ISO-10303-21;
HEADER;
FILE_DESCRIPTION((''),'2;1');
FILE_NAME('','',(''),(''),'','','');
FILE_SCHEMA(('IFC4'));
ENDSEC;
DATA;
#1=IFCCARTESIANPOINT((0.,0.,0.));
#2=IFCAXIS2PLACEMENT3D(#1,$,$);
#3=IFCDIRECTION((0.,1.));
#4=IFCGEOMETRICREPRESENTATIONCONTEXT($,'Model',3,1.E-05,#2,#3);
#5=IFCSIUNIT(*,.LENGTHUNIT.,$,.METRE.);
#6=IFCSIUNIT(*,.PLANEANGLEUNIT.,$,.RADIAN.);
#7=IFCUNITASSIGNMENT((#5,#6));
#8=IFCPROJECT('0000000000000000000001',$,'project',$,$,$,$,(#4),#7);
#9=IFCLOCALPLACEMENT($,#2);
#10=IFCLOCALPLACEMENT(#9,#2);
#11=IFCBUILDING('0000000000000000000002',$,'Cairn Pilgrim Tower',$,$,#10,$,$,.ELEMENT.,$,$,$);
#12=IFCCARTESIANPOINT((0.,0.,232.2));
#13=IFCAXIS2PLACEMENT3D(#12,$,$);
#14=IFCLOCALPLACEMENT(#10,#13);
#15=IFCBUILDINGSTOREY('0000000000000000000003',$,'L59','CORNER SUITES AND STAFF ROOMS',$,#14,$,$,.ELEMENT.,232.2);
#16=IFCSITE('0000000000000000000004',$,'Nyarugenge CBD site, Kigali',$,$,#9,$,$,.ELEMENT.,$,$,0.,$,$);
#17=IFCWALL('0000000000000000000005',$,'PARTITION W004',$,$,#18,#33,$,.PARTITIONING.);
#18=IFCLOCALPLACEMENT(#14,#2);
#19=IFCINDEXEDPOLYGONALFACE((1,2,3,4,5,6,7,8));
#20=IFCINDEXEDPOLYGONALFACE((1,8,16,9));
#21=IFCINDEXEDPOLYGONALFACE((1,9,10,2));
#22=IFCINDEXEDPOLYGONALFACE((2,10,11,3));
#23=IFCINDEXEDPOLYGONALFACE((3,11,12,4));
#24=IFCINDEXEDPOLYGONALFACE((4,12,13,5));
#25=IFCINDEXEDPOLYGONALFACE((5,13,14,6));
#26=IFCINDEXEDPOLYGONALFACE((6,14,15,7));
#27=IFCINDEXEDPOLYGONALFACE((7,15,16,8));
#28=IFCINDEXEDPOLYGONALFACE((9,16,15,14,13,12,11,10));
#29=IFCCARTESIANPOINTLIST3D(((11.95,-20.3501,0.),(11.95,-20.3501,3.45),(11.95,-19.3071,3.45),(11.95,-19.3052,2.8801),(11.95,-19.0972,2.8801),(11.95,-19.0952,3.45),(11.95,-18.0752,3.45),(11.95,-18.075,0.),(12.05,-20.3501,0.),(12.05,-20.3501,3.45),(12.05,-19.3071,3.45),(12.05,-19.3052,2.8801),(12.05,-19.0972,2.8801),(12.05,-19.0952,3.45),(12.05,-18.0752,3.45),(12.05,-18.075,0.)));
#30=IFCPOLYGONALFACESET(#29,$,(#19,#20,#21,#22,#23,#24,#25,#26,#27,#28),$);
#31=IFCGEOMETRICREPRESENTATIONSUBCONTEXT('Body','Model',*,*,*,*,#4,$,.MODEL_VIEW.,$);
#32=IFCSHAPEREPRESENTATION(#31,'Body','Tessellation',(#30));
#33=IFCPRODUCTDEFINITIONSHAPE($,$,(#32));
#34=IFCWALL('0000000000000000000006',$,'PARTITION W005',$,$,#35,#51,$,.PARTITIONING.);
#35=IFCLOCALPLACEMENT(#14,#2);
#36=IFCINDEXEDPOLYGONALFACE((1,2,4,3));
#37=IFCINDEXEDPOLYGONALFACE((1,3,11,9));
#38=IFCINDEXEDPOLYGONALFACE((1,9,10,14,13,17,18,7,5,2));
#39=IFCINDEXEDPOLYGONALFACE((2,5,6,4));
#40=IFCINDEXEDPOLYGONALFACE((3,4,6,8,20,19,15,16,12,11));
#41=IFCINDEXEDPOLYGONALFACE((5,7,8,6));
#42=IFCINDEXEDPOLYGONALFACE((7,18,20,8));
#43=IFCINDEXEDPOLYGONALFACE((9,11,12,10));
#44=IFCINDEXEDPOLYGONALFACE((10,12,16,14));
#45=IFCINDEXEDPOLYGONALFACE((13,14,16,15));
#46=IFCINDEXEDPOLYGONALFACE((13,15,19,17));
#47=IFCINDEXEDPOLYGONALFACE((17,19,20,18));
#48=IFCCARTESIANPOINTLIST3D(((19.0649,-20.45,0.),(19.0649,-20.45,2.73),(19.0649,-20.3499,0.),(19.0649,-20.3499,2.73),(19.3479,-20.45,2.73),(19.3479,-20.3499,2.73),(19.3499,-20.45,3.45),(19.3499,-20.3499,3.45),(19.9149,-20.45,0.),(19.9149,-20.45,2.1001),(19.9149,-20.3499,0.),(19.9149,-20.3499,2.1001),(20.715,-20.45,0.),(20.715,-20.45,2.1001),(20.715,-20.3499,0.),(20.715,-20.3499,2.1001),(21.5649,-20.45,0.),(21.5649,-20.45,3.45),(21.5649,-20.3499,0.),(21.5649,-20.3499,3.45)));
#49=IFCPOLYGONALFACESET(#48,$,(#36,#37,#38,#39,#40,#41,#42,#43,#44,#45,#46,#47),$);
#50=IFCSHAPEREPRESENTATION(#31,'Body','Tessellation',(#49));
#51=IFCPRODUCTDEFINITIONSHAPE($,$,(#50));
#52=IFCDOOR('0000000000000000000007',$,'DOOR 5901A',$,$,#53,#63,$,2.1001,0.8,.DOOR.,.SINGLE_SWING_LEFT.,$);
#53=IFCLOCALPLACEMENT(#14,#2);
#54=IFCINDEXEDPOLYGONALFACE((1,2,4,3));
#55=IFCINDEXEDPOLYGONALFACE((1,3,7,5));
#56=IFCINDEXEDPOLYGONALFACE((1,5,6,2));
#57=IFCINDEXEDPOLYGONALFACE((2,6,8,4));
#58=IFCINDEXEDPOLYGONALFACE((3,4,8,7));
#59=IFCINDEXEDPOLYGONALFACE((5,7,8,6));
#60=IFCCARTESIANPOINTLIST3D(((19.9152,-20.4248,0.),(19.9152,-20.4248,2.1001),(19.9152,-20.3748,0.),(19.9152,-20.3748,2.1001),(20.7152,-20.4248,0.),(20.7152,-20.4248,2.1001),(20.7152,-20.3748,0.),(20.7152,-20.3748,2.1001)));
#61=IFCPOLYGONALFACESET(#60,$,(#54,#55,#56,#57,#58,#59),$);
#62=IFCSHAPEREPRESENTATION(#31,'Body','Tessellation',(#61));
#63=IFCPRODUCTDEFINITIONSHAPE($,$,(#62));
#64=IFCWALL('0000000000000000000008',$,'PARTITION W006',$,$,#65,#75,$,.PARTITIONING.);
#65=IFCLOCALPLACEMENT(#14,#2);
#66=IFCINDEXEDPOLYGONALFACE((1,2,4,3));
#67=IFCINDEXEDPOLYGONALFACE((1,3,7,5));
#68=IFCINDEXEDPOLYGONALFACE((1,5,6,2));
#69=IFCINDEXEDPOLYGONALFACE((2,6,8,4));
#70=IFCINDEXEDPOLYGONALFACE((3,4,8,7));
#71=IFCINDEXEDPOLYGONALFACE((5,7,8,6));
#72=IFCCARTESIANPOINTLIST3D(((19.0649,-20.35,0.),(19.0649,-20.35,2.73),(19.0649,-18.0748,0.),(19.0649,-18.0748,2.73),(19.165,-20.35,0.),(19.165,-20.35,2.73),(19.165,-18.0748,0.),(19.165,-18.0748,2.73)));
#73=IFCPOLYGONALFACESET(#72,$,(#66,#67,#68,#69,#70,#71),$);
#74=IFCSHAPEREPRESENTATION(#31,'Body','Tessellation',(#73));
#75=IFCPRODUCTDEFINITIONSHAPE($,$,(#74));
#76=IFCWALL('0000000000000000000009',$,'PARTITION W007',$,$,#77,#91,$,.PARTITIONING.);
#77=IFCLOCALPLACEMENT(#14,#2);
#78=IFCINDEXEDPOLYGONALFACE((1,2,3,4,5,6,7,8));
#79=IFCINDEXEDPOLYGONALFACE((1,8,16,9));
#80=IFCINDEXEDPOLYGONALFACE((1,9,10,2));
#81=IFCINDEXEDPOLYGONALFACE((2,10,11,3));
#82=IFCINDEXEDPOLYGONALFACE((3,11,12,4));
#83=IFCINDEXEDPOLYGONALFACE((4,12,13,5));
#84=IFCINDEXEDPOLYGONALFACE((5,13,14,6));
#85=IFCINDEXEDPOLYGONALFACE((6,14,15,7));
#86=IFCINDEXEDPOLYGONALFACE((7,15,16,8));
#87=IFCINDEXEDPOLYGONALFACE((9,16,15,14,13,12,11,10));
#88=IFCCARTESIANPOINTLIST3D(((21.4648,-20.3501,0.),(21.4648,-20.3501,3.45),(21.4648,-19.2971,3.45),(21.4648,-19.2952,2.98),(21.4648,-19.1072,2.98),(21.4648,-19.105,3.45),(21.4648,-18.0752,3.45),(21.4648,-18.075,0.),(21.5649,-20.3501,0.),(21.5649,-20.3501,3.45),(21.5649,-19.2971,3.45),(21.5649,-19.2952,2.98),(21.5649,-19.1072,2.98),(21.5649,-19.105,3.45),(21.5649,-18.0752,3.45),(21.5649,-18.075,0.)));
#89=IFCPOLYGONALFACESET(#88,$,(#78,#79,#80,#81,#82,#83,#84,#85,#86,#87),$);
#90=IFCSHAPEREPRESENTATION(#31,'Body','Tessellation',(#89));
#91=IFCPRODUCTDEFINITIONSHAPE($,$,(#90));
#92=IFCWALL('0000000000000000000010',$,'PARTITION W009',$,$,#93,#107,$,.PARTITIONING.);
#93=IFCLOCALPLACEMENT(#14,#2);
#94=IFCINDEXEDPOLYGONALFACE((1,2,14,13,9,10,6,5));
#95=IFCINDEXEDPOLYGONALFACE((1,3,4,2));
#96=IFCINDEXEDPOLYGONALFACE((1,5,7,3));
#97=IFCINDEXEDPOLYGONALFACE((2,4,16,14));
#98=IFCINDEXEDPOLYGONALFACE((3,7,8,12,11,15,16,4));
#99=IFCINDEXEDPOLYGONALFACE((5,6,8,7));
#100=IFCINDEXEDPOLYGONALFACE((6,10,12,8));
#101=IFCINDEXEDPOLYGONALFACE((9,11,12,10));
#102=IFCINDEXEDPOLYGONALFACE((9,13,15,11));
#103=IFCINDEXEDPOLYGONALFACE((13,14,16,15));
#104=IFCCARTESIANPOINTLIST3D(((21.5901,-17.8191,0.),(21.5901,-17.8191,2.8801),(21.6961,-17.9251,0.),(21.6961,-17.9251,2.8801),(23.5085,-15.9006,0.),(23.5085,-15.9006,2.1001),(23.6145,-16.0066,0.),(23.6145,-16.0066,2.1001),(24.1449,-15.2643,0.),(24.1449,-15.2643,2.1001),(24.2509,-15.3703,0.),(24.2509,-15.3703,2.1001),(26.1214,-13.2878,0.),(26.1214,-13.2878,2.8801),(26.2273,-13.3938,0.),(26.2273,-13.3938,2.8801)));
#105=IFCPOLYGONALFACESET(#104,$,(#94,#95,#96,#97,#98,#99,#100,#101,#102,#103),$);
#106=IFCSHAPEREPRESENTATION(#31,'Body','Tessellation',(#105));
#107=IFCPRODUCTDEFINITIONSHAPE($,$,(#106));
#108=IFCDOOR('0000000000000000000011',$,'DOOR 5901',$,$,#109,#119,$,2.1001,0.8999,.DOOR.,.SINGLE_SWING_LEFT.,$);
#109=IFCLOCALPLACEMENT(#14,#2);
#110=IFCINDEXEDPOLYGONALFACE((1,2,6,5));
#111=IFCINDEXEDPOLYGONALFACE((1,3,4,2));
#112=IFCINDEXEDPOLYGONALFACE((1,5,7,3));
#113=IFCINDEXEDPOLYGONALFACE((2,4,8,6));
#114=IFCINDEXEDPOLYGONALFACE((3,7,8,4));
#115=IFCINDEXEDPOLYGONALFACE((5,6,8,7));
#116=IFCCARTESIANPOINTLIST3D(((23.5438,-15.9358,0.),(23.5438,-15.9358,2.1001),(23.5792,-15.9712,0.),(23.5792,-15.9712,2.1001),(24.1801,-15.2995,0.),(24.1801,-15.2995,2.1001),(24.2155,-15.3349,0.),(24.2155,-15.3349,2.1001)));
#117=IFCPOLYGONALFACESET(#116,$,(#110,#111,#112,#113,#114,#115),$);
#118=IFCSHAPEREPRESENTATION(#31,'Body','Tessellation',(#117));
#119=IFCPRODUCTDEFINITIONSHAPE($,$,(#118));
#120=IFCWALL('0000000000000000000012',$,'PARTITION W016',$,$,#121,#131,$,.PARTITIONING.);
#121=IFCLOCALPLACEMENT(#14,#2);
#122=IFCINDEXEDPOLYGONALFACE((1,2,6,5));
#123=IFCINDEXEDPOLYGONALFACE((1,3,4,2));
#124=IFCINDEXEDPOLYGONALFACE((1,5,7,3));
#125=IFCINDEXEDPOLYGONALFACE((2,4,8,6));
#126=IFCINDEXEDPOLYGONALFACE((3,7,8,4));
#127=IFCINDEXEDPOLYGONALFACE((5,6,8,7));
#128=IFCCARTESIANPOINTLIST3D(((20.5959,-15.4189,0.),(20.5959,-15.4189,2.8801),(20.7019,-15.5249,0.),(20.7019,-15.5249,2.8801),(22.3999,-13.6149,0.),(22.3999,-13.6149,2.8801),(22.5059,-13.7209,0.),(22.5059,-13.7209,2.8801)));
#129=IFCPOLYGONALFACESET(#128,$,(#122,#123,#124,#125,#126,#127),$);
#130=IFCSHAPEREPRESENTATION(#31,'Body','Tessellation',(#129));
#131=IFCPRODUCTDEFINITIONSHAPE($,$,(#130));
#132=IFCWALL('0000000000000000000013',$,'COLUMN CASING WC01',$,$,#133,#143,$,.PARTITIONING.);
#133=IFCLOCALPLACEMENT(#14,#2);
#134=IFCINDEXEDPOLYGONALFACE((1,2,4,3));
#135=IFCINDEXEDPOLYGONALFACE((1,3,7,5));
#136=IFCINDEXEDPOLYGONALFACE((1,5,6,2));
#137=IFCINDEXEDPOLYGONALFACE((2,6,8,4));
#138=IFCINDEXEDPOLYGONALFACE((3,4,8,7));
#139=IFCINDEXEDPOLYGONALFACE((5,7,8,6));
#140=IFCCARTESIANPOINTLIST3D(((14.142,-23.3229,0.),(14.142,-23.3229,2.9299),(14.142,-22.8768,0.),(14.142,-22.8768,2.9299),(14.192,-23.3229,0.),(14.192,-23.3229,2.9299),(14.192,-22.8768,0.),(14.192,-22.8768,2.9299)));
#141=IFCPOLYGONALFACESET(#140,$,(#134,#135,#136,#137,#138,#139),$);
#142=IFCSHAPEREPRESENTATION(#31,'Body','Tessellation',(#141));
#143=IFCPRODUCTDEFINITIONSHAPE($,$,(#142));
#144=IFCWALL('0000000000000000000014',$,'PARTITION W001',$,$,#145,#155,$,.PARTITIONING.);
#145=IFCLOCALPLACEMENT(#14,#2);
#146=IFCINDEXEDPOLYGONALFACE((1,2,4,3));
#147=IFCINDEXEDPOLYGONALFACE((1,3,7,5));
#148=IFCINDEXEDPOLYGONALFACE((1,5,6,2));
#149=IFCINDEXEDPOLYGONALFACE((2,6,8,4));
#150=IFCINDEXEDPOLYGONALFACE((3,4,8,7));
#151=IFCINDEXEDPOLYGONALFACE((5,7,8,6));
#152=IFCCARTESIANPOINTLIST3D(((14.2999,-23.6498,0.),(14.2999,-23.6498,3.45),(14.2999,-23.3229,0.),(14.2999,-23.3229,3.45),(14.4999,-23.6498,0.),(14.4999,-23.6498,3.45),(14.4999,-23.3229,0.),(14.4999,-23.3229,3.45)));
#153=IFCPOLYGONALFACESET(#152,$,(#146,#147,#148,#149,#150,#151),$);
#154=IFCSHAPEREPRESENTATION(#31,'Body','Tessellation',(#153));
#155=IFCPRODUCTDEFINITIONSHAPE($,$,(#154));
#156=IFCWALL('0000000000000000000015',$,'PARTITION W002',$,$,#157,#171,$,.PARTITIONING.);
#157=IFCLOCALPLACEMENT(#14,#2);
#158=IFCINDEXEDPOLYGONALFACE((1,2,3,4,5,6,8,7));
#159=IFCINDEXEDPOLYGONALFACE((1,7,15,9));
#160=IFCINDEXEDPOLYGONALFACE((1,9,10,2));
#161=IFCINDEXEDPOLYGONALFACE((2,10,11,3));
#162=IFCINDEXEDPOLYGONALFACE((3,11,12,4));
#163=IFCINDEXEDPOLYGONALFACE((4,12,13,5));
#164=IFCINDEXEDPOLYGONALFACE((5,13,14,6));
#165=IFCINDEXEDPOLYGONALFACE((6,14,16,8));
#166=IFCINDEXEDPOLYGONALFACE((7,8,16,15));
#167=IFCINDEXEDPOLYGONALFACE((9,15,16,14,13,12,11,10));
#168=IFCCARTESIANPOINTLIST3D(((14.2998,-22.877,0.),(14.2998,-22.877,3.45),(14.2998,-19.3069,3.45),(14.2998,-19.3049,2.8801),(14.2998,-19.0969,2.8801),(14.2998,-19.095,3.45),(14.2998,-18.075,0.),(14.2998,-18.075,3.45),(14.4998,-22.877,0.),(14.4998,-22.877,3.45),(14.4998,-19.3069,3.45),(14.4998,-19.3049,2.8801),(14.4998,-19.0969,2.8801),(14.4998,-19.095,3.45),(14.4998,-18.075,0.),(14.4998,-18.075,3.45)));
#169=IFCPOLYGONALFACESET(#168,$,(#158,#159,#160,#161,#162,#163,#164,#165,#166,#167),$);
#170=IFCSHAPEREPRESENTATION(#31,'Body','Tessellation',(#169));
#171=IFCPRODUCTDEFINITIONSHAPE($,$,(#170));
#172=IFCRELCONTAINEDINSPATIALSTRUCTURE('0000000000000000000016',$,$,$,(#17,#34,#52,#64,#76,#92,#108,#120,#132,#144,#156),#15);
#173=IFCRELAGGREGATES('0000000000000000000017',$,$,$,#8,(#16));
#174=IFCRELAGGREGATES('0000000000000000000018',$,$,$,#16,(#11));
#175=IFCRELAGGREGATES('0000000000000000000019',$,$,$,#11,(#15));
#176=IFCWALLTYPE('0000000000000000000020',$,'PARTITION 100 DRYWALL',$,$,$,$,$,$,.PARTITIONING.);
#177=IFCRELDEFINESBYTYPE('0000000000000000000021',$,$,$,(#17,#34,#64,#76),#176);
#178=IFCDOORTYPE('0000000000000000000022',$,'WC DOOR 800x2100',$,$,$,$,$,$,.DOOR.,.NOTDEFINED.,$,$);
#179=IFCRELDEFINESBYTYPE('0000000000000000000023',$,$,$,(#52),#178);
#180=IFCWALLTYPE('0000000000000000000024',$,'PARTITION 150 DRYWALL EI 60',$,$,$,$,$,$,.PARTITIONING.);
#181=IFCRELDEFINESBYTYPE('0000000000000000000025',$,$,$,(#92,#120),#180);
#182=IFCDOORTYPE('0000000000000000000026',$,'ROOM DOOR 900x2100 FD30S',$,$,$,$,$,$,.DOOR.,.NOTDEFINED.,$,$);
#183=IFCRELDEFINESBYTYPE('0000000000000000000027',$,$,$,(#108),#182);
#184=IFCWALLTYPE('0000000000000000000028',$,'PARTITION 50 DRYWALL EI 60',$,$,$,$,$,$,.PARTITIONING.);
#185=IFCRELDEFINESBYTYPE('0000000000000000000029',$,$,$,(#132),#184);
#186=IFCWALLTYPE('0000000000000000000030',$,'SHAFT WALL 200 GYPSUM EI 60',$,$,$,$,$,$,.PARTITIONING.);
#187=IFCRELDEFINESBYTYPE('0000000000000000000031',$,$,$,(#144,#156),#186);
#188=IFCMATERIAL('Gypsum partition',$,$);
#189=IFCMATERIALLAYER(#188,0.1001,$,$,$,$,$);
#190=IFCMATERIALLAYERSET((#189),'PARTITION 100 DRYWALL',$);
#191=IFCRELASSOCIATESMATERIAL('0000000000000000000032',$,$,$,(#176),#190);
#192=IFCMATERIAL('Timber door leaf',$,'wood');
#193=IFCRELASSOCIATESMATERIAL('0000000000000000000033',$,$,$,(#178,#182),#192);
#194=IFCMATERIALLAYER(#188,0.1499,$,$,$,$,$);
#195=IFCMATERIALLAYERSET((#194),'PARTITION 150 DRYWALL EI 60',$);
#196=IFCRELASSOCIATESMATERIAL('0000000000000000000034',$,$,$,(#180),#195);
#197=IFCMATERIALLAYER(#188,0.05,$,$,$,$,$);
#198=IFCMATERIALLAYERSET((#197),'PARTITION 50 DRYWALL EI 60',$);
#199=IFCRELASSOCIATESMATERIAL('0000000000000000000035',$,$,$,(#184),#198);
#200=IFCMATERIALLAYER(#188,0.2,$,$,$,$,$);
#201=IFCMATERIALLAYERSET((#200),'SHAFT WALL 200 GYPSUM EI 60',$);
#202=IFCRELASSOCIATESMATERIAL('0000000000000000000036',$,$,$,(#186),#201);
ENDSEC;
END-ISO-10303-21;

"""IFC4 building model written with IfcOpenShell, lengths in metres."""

from ifc_helpers import new_model, si_unit, direction, frame, frame_2d, origin, place, context, subcontext, project, spatial, polyline, rectangle, outline, extrude, material, layer, layer_set, type_object, element, fill, save


model = new_model("IFC4")

# Units and contexts
model_context = context("Model", 3, precision=1e-05, world=origin(), true_north=direction((0.0, 1.0)))
body_context = subcontext(model_context, "Body", "Model", "MODEL_VIEW")
ifc_project = project(units=[si_unit("LENGTHUNIT", "METRE"), si_unit("PLANEANGLEUNIT", "RADIAN")], contexts=[model_context])

# Site, building, storey
site_placement = place(None, origin())
site = spatial("IfcSite", under=ifc_project, at=site_placement, Name="Nyarugenge CBD site, Kigali", CompositionType="ELEMENT", RefElevation=0.0)
building_placement = place(site_placement, origin())
building = spatial("IfcBuilding", under=site, at=building_placement, Name="Cairn Pilgrim Tower", CompositionType="ELEMENT")
storey_placement = place(building_placement, frame((0.0, 0.0, 232.2)))
storey = spatial("IfcBuildingStorey", under=building, at=storey_placement, Name="L59", Description="CORNER SUITES AND STAFF ROOMS", CompositionType="ELEMENT", Elevation=232.2)

# Wall
ifc_material_1 = material(Name="Gypsum partition")
ifc_layer_1 = layer(ifc_material_1, 0.1001)
ifc_layer_set_1 = layer_set([ifc_layer_1], Name="PARTITION 100 DRYWALL")
wall_type_1 = type_object("IfcWallType", Name="PARTITION 100 DRYWALL", PredefinedType="PARTITIONING", material=ifc_layer_set_1)
wall_1_placement = place(storey_placement, frame((12.0, -20.3501, 0.0), z_axis=(0.0, 0.0, 1.0), x_axis=(0.0, 1.0, 0.0)))
element("IfcWall", 1, at=wall_1_placement, inside=storey, type_object=wall_type_1, Name="PARTITION W004", PredefinedType="PARTITIONING", context=body_context, shape_type="SweptSolid", body=[
    extrude(outline(polyline([(0.0, 0.0), (2.2751, 0.0), (2.2749, 3.45), (1.2549, 3.45), (1.2529, 2.8801), (1.0449, 2.8801), (1.043, 3.45), (0.0, 3.45), (0.0, 0.0)])), frame((0.0, 0.05, 0.0), z_axis=(0.0, -1.0, 0.0), x_axis=(1.0, 0.0, 0.0)), (0.0, 0.0, 1.0), 0.1001),
])

# Wall, opening, door
wall_2_placement = place(storey_placement, frame((19.0649, -20.3999, 0.0), z_axis=(0.0, 0.0, 1.0), x_axis=(1.0, 0.0, 0.0)))
wall_2 = element("IfcWall", 2, at=wall_2_placement, inside=storey, type_object=wall_type_1, Name="PARTITION W005", PredefinedType="PARTITIONING", context=body_context, shape_type="SweptSolid", body=[
    extrude(outline(polyline([(0.0, 0.0), (2.5, 0.0), (2.5, 3.45), (0.2849, 3.45), (0.283, 2.73), (0.0, 2.73), (0.0, 0.0)])), frame((0.0, 0.05, 0.0), z_axis=(0.0, -1.0, 0.0), x_axis=(1.0, 0.0, 0.0)), (0.0, 0.0, 1.0), 0.1001),
])
opening_1_placement = place(wall_2_placement, frame((0.8501, 0.0, 0.0)))
opening_1 = element("IfcOpeningElement", 3, at=opening_1_placement, cuts=wall_2, PredefinedType="OPENING", context=body_context, shape_type="SweptSolid", body=[
    extrude(rectangle(XDim=0.8, YDim=2.1001, at=frame_2d((0.3999, 1.05))), frame((0.0, 0.0601, 0.0), z_axis=(0.0, -1.0, 0.0), x_axis=(1.0, 0.0, 0.0)), (0.0, 0.0, 1.0), 0.1201),
])
ifc_material_2 = material(Name="Timber door leaf", Category="wood")
door_type_1 = type_object("IfcDoorType", Name="WC DOOR 800x2100", OperationType="NOTDEFINED", PredefinedType="DOOR", material=ifc_material_2)
door_1_placement = place(opening_1_placement, frame((0.8, 0.0, 0.0), z_axis=(0.0, 0.0, 1.0), x_axis=(-1.0, 0.0, 0.0)))
door_1 = element("IfcDoor", 4, at=door_1_placement, inside=storey, type_object=door_type_1, Name="DOOR 5901A", OperationType="SINGLE_SWING_LEFT", OverallHeight=2.1001, OverallWidth=0.8, PredefinedType="DOOR", context=body_context, shape_type="SweptSolid", body=[
    extrude(rectangle(XDim=0.8, YDim=2.1001, at=frame_2d((0.3999, 1.05))), frame((0.0, 0.0249, 0.0), z_axis=(0.0, -1.0, 0.0), x_axis=(1.0, 0.0, 0.0)), (0.0, 0.0, 1.0), 0.05),
])
fill(opening_1, door_1)

# Walls
wall_3_placement = place(storey_placement, frame((19.115, -20.3501, 0.0), z_axis=(0.0, 0.0, 1.0), x_axis=(0.0, 1.0, 0.0)))
element("IfcWall", 5, at=wall_3_placement, inside=storey, type_object=wall_type_1, Name="PARTITION W006", PredefinedType="PARTITIONING", context=body_context, shape_type="SweptSolid", body=[
    extrude(rectangle(XDim=2.2751, YDim=0.1001, at=frame_2d((1.1377, 0.0))), origin(), (0.0, 0.0, 1.0), 2.73),
])
wall_4_placement = place(storey_placement, frame((21.5149, -20.3501, 0.0), z_axis=(0.0, 0.0, 1.0), x_axis=(0.0, 1.0, 0.0)))
element("IfcWall", 6, at=wall_4_placement, inside=storey, type_object=wall_type_1, Name="PARTITION W007", PredefinedType="PARTITIONING", context=body_context, shape_type="SweptSolid", body=[
    extrude(outline(polyline([(0.0, 0.0), (2.2751, 0.0), (2.2749, 3.45), (1.2451, 3.45), (1.2429, 2.98), (1.0549, 2.98), (1.053, 3.45), (0.0, 3.45), (0.0, 0.0)])), frame((0.0, 0.05, 0.0), z_axis=(0.0, -1.0, 0.0), x_axis=(1.0, 0.0, 0.0)), (0.0, 0.0, 1.0), 0.1001),
])

# Wall, opening, door
ifc_layer_2 = layer(ifc_material_1, 0.1499)
ifc_layer_set_2 = layer_set([ifc_layer_2], Name="PARTITION 150 DRYWALL EI 60")
wall_type_2 = type_object("IfcWallType", Name="PARTITION 150 DRYWALL EI 60", PredefinedType="PARTITIONING", material=ifc_layer_set_2)
wall_5_placement = place(storey_placement, frame((21.6431, -17.8721, 0.0), z_axis=(0.0, 0.0, 1.0), x_axis=(0.707107, 0.707107, 0.0)))
wall_5 = element("IfcWall", 7, at=wall_5_placement, inside=storey, type_object=wall_type_2, Name="PARTITION W009", PredefinedType="PARTITIONING", context=body_context, shape_type="SweptSolid", body=[
    extrude(rectangle(XDim=6.4082, YDim=0.1499, at=frame_2d((3.2041, 0.0))), origin(), (0.0, 0.0, 1.0), 2.8801),
])
opening_2_placement = place(wall_5_placement, frame((2.7131, 0.0, 0.0)))
opening_2 = element("IfcOpeningElement", 8, at=opening_2_placement, cuts=wall_5, PredefinedType="OPENING", context=body_context, shape_type="SweptSolid", body=[
    extrude(rectangle(XDim=0.8999, YDim=2.1001, at=frame_2d((0.45, 1.05))), frame((0.0, 0.085, 0.0), z_axis=(0.0, -1.0, 0.0), x_axis=(1.0, 0.0, 0.0)), (0.0, 0.0, 1.0), 0.1699),
])
door_type_2 = type_object("IfcDoorType", Name="ROOM DOOR 900x2100 FD30S", OperationType="NOTDEFINED", PredefinedType="DOOR", material=ifc_material_2)
door_2_placement = place(opening_2_placement, frame((0.8999, 0.0, 0.0), z_axis=(0.0, 0.0, 1.0), x_axis=(-1.0, 0.0, 0.0)))
door_2 = element("IfcDoor", 9, at=door_2_placement, inside=storey, type_object=door_type_2, Name="DOOR 5901", OperationType="SINGLE_SWING_LEFT", OverallHeight=2.1001, OverallWidth=0.8999, PredefinedType="DOOR", context=body_context, shape_type="SweptSolid", body=[
    extrude(rectangle(XDim=0.8999, YDim=2.1001, at=frame_2d((0.45, 1.05))), frame((0.0, 0.0249, 0.0), z_axis=(0.0, -1.0, 0.0), x_axis=(1.0, 0.0, 0.0)), (0.0, 0.0, 1.0), 0.05),
])
fill(opening_2, door_2)

# Walls
wall_6_placement = place(storey_placement, frame((20.6489, -15.4719, 0.0), z_axis=(0.0, 0.0, 1.0), x_axis=(0.707107, 0.707107, 0.0)))
element("IfcWall", 10, at=wall_6_placement, inside=storey, type_object=wall_type_2, Name="PARTITION W016", PredefinedType="PARTITIONING", context=body_context, shape_type="SweptSolid", body=[
    extrude(rectangle(XDim=2.5513, YDim=0.1499, at=frame_2d((1.2756, 0.0))), origin(), (0.0, 0.0, 1.0), 2.8801),
])
ifc_layer_3 = layer(ifc_material_1, 0.05)
ifc_layer_set_3 = layer_set([ifc_layer_3], Name="PARTITION 50 DRYWALL EI 60")
wall_type_3 = type_object("IfcWallType", Name="PARTITION 50 DRYWALL EI 60", PredefinedType="PARTITIONING", material=ifc_layer_set_3)
wall_7_placement = place(storey_placement, frame((14.167, -23.323, 0.0), z_axis=(0.0, 0.0, 1.0), x_axis=(0.0, 1.0, 0.0)))
element("IfcWall", 11, at=wall_7_placement, inside=storey, type_object=wall_type_3, Name="COLUMN CASING WC01", PredefinedType="PARTITIONING", context=body_context, shape_type="SweptSolid", body=[
    extrude(rectangle(XDim=0.446, YDim=0.05, at=frame_2d((0.2231, 0.0))), origin(), (0.0, 0.0, 1.0), 2.9299),
])
ifc_layer_4 = layer(ifc_material_1, 0.2)
ifc_layer_set_4 = layer_set([ifc_layer_4], Name="SHAFT WALL 200 GYPSUM EI 60")
wall_type_4 = type_object("IfcWallType", Name="SHAFT WALL 200 GYPSUM EI 60", PredefinedType="PARTITIONING", material=ifc_layer_set_4)
wall_8_placement = place(storey_placement, frame((14.3999, -23.6499, 0.0), z_axis=(0.0, 0.0, 1.0), x_axis=(0.0, 1.0, 0.0)))
element("IfcWall", 12, at=wall_8_placement, inside=storey, type_object=wall_type_4, Name="PARTITION W001", PredefinedType="PARTITIONING", context=body_context, shape_type="SweptSolid", body=[
    extrude(rectangle(XDim=0.3269, YDim=0.2, at=frame_2d((0.1636, 0.0))), origin(), (0.0, 0.0, 1.0), 3.45),
])
wall_9_placement = place(storey_placement, frame((14.3999, -22.877, 0.0), z_axis=(0.0, 0.0, 1.0), x_axis=(0.0, 1.0, 0.0)))
element("IfcWall", 13, at=wall_9_placement, inside=storey, type_object=wall_type_4, Name="PARTITION W002", PredefinedType="PARTITIONING", context=body_context, shape_type="SweptSolid", body=[
    extrude(outline(polyline([(0.0, 0.0), (4.802, 0.0), (4.802, 3.45), (3.782, 3.45), (3.78, 2.8801), (3.572, 2.8801), (3.5701, 3.45), (0.0, 3.45), (0.0, 0.0)])), frame((0.0, 0.1001, 0.0), z_axis=(0.0, -1.0, 0.0), x_axis=(1.0, 0.0, 0.0)), (0.0, 0.0, 1.0), 0.2),
])

save(model, "model.ifc")
